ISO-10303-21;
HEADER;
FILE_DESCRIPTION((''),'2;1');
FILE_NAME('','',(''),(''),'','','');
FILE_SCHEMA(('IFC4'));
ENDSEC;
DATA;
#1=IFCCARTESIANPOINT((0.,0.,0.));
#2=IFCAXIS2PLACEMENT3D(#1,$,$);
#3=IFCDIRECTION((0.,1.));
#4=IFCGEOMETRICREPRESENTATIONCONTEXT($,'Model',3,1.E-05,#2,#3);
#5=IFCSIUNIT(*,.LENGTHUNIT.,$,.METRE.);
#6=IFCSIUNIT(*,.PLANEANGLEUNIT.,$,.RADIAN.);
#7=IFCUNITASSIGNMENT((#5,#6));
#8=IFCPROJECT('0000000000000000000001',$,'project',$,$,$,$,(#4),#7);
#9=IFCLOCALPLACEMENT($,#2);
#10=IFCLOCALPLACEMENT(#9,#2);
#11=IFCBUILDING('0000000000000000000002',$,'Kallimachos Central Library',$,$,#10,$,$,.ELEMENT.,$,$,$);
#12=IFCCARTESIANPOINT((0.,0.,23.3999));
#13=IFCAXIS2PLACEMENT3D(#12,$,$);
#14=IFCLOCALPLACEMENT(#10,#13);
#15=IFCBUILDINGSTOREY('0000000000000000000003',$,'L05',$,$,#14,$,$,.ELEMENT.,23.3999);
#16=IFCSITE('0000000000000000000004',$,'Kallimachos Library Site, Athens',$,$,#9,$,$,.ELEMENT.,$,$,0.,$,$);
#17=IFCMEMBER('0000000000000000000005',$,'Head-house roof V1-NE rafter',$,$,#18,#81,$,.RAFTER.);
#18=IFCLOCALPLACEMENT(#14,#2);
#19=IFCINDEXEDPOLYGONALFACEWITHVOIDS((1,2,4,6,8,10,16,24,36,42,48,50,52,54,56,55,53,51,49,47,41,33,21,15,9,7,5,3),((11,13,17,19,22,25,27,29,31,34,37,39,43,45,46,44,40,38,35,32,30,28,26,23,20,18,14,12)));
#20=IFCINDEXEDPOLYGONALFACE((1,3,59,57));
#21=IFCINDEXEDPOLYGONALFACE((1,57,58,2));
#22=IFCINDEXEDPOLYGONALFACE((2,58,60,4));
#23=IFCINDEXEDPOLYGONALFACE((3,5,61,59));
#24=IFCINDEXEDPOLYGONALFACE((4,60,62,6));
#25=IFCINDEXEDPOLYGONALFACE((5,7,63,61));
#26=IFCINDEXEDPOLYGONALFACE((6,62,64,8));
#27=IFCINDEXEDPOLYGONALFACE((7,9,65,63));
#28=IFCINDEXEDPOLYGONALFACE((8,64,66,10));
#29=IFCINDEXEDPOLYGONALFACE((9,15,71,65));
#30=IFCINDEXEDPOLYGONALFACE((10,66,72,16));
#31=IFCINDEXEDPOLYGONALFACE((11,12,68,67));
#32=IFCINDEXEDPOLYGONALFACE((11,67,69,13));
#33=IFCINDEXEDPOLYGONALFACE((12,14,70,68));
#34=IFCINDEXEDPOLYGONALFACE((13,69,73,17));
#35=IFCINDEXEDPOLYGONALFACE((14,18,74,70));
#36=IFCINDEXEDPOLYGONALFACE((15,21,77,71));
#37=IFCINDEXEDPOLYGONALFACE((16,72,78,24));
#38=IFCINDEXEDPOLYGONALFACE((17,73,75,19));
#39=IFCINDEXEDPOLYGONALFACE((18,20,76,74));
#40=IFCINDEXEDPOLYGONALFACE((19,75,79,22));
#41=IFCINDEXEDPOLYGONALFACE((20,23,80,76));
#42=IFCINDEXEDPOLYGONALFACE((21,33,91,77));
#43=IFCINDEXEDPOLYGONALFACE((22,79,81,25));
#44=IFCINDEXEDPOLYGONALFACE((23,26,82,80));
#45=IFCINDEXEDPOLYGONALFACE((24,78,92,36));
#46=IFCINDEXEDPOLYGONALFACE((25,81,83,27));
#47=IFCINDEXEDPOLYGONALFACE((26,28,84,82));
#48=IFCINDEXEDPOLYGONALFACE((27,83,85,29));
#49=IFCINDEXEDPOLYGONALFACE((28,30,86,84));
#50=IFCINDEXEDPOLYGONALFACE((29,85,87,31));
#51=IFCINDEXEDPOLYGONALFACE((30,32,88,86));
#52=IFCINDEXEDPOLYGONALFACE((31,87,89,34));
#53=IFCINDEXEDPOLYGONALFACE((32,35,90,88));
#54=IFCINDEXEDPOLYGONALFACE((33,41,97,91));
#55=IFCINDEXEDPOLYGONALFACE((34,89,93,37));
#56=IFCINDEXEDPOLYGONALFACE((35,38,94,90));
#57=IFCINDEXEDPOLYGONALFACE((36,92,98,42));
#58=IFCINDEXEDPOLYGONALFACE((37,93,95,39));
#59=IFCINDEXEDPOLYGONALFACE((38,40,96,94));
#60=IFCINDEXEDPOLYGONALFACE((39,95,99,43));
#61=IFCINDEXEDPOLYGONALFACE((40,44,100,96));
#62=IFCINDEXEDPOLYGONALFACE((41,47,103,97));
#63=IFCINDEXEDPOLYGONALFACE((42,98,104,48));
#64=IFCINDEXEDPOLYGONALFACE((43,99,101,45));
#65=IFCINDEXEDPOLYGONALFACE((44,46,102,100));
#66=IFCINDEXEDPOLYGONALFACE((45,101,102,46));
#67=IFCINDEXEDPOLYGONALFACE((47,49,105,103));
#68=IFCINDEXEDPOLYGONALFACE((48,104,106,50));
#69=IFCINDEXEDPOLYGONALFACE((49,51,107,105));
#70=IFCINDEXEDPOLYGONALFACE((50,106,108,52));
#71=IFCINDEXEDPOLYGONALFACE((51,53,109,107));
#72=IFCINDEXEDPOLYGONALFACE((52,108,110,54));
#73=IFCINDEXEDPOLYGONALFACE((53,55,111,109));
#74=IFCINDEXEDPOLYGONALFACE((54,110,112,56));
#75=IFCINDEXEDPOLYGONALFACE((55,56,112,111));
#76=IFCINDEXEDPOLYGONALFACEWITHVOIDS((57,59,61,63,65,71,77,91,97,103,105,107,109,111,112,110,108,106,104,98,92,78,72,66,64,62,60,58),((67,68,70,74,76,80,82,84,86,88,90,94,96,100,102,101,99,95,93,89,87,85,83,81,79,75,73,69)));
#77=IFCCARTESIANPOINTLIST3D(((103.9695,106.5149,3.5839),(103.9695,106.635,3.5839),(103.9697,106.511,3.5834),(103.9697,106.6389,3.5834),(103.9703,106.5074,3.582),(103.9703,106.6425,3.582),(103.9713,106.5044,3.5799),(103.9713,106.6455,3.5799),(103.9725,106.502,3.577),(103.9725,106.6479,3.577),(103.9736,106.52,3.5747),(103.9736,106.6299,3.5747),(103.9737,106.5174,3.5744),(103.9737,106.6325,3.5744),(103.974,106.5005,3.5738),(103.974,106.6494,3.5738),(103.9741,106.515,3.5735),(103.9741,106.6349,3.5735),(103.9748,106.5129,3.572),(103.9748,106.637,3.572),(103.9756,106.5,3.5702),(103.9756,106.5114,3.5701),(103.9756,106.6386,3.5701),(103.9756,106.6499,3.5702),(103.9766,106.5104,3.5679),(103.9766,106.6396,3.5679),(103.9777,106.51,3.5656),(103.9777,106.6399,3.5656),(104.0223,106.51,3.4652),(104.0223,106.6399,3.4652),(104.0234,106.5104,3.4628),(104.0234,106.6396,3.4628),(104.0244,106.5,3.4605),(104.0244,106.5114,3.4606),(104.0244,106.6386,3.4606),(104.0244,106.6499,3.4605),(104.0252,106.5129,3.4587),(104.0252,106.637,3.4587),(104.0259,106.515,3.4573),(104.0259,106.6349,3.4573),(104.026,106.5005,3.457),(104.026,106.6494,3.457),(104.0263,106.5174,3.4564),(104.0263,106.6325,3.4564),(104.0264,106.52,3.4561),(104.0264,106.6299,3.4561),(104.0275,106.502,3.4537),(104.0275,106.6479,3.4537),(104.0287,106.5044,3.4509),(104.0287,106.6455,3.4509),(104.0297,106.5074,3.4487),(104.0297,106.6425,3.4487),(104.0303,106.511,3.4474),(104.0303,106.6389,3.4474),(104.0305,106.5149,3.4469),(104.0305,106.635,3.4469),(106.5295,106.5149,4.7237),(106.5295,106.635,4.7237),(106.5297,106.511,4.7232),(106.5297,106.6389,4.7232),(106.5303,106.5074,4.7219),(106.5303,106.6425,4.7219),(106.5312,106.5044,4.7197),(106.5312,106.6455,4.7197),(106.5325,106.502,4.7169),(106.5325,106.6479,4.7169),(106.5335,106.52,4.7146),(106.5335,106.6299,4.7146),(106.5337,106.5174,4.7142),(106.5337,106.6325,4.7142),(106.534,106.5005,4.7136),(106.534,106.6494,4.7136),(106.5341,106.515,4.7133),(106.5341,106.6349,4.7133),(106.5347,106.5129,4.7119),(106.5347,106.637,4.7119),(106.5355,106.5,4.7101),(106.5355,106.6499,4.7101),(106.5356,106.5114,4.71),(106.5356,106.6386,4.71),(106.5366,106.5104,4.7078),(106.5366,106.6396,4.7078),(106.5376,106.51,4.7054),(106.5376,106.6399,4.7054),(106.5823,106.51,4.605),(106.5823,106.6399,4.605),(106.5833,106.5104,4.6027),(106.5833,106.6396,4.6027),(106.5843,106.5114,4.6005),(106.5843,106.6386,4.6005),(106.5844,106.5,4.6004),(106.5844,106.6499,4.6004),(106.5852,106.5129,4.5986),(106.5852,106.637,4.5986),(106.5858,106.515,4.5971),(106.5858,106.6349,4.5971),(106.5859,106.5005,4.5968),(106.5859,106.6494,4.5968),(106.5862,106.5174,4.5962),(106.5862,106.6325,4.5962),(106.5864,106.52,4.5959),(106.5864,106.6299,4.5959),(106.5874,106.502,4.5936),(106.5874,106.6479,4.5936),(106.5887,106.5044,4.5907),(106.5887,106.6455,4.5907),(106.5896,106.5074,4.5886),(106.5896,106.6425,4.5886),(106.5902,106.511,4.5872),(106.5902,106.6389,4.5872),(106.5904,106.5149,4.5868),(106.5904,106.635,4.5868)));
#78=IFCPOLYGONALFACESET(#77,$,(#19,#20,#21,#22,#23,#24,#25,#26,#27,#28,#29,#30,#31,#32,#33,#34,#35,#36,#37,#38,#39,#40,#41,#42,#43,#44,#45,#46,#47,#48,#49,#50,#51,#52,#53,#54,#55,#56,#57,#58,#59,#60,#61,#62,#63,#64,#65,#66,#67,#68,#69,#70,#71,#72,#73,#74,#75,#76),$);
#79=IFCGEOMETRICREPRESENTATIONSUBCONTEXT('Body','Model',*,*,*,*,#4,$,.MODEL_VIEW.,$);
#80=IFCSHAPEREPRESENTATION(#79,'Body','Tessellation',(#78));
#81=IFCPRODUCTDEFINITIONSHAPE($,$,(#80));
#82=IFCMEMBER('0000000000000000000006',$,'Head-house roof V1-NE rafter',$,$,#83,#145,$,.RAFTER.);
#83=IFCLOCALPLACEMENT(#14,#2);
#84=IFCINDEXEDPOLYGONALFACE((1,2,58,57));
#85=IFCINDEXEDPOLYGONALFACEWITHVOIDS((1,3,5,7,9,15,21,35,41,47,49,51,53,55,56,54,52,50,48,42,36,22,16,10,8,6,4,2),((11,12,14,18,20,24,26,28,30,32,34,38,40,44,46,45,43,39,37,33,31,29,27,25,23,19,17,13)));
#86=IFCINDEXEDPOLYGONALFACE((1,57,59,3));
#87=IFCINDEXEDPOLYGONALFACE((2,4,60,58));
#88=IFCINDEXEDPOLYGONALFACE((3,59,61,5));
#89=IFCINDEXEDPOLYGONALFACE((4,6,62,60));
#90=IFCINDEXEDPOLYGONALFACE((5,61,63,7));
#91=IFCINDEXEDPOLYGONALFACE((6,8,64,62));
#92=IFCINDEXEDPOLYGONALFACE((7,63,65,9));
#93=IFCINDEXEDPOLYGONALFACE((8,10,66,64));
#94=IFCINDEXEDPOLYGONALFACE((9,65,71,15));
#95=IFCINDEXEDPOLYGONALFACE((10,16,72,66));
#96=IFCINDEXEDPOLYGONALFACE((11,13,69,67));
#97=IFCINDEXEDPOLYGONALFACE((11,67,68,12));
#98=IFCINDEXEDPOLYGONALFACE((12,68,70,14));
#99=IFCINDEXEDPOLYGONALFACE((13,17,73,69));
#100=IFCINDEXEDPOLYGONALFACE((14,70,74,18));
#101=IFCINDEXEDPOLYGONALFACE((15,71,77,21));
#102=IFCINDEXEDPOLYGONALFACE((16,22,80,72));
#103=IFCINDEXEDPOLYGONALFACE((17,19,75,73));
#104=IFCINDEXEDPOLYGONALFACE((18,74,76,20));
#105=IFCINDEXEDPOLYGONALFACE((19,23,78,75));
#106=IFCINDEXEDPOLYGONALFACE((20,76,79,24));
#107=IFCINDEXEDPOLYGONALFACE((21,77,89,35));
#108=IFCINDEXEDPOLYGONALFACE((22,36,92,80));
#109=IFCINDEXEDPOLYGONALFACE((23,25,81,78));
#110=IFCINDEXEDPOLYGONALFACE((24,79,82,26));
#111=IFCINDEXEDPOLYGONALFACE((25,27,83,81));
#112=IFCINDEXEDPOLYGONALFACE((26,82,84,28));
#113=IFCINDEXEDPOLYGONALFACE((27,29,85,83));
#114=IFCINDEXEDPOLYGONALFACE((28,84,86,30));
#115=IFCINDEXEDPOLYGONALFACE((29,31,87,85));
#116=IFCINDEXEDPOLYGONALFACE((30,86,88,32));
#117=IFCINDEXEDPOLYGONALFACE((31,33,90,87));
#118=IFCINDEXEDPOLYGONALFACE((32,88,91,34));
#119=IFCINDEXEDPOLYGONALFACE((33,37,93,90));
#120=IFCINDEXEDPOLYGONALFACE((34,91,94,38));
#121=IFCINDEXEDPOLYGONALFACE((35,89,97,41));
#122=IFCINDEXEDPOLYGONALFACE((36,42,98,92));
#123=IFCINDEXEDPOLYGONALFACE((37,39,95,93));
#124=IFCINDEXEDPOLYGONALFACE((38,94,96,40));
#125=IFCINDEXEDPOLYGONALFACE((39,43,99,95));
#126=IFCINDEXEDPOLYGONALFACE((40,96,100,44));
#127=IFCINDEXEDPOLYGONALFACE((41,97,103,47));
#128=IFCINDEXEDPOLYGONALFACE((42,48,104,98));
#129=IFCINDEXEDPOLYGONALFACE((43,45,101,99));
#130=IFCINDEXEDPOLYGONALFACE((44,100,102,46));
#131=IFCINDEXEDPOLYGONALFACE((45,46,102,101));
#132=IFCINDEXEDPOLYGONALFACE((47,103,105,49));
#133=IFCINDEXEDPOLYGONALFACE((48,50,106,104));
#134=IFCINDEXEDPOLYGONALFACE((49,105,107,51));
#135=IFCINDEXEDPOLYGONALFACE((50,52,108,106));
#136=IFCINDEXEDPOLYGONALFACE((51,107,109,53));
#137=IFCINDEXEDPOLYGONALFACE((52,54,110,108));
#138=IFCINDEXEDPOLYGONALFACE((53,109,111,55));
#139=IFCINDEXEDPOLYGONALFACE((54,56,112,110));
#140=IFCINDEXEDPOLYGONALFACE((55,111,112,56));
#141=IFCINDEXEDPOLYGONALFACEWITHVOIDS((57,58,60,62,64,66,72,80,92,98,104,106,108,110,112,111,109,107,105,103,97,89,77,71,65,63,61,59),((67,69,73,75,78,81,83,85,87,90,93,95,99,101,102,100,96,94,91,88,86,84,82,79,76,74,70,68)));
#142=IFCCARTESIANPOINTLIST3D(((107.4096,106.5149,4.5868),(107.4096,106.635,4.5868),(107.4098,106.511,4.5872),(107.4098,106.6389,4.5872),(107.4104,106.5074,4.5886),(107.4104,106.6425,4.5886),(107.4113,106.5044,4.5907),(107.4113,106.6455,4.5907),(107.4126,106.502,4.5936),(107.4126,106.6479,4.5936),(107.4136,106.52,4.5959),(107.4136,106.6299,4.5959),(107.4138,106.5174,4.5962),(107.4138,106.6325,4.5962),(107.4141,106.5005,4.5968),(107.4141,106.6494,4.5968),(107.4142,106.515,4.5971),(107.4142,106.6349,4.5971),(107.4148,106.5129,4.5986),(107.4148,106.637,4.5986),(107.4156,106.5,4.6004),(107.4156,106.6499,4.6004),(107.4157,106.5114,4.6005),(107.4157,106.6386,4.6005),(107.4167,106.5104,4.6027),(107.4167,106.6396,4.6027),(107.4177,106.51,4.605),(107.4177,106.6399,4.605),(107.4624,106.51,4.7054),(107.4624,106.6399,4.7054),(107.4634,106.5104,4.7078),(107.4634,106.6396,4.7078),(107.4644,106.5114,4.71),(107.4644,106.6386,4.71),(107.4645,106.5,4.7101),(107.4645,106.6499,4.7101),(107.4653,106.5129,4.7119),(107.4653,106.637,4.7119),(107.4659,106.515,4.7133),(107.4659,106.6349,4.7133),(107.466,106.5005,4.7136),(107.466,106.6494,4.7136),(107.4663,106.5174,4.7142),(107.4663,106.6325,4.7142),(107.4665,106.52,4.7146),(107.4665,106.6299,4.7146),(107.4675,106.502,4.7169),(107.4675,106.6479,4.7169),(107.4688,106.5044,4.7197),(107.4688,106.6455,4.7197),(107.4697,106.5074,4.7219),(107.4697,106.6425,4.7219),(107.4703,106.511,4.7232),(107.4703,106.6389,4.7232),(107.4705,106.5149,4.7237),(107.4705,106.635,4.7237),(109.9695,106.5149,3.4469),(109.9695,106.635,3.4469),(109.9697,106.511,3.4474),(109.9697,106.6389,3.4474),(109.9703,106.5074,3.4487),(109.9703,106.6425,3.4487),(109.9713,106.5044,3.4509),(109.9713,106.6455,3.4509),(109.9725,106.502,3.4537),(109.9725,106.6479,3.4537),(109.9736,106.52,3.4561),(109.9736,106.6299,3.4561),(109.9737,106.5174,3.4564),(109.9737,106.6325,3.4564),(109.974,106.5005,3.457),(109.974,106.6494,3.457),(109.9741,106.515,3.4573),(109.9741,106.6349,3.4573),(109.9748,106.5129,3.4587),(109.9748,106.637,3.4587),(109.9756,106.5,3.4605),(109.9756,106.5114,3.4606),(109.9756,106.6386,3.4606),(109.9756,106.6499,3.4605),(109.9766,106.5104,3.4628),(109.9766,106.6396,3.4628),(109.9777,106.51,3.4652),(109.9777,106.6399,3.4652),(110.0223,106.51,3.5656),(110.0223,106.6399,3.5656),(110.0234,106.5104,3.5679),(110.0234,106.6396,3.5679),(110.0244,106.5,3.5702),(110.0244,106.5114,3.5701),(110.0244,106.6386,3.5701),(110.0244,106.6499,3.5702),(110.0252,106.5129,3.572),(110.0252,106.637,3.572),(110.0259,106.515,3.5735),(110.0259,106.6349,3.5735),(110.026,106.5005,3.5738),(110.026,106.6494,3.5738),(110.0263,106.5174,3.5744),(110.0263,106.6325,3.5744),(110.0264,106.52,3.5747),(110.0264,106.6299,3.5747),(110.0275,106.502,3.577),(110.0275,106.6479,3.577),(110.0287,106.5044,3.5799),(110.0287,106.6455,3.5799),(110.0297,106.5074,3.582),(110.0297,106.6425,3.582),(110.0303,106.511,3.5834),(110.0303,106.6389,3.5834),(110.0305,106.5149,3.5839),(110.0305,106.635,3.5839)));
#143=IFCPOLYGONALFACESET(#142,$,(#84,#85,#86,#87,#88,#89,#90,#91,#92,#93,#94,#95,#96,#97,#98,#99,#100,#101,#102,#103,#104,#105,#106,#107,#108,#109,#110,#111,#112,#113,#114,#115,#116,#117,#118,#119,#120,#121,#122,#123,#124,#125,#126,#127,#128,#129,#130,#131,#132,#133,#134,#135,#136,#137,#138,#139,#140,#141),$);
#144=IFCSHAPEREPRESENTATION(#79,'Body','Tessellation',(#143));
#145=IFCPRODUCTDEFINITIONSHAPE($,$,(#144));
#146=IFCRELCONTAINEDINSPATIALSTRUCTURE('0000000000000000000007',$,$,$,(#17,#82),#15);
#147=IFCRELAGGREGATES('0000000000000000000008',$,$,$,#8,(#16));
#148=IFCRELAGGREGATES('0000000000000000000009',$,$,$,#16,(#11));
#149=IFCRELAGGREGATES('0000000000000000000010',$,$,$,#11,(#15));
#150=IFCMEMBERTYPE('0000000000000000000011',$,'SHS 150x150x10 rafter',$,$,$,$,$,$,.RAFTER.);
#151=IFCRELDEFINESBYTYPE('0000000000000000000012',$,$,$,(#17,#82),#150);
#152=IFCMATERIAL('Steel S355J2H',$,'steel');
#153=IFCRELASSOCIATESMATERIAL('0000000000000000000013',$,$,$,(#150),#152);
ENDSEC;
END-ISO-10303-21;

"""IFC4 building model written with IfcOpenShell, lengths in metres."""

from ifc_helpers import new_model, si_unit, direction, frame, origin, origin_2d, place, context, subcontext, project, spatial, hollow_rectangle, extrude, material, material_profile, profile_set, type_object, element, save


model = new_model("IFC4")

# Units and contexts
model_context = context("Model", 3, precision=1e-05, world=origin(), true_north=direction((0.0, 1.0)))
body_context = subcontext(model_context, "Body", "Model", "MODEL_VIEW")
ifc_project = project(units=[si_unit("LENGTHUNIT", "METRE"), si_unit("PLANEANGLEUNIT", "RADIAN")], contexts=[model_context])

# Site, building, storey
site_placement = place(None, origin())
site = spatial("IfcSite", under=ifc_project, at=site_placement, Name="Kallimachos Library Site, Athens", CompositionType="ELEMENT", RefElevation=0.0)
building_placement = place(site_placement, origin())
building = spatial("IfcBuilding", under=site, at=building_placement, Name="Kallimachos Central Library", CompositionType="ELEMENT")
storey_placement = place(building_placement, frame((0.0, 0.0, 23.3999)))
storey = spatial("IfcBuildingStorey", under=building, at=storey_placement, Name="L05", CompositionType="ELEMENT", Elevation=23.3999)

# Members
ifc_material_1 = material(Name="Steel S355J2H", Category="steel")
ifc_material_profile_1 = material_profile(ifc_material_1, hollow_rectangle(XDim=0.1499, YDim=0.1499, WallThickness=0.01, InnerFilletRadius=0.01, OuterFilletRadius=0.0149, at=origin_2d()), Name="SHS 150x150x10")
ifc_profile_set_1 = profile_set([ifc_material_profile_1], Name="Steel S355J2H")
member_type_1 = type_object("IfcMemberType", Name="SHS 150x150x10 rafter", PredefinedType="RAFTER", material=ifc_profile_set_1)
for number, where, z_axis, x_axis, name in (
    (1, (104.0, 106.575, 3.5154), (0.913535, 0.0, 0.406761), (0.0, 1.0, 0.0), "Head-house roof V1-NE rafter"),
    (2, (110.0, 106.575, 3.5154), (-0.913535, 0.0, 0.406761), (0.0, -1.0, 0.0), "Head-house roof V1-NE rafter"),
):
    element("IfcMember", number, at=place(storey_placement, frame(where, z_axis=z_axis, x_axis=x_axis)), inside=storey, type_object=member_type_1, Name=name, PredefinedType="RAFTER", context=body_context, shape_type="SweptSolid", body=[
        extrude(hollow_rectangle(XDim=0.1499, YDim=0.1499, WallThickness=0.01, InnerFilletRadius=0.01, OuterFilletRadius=0.0149, at=origin_2d()), origin(), (0.0, 0.0, 1.0), 2.8022),
    ])

save(model, "model.ifc")
